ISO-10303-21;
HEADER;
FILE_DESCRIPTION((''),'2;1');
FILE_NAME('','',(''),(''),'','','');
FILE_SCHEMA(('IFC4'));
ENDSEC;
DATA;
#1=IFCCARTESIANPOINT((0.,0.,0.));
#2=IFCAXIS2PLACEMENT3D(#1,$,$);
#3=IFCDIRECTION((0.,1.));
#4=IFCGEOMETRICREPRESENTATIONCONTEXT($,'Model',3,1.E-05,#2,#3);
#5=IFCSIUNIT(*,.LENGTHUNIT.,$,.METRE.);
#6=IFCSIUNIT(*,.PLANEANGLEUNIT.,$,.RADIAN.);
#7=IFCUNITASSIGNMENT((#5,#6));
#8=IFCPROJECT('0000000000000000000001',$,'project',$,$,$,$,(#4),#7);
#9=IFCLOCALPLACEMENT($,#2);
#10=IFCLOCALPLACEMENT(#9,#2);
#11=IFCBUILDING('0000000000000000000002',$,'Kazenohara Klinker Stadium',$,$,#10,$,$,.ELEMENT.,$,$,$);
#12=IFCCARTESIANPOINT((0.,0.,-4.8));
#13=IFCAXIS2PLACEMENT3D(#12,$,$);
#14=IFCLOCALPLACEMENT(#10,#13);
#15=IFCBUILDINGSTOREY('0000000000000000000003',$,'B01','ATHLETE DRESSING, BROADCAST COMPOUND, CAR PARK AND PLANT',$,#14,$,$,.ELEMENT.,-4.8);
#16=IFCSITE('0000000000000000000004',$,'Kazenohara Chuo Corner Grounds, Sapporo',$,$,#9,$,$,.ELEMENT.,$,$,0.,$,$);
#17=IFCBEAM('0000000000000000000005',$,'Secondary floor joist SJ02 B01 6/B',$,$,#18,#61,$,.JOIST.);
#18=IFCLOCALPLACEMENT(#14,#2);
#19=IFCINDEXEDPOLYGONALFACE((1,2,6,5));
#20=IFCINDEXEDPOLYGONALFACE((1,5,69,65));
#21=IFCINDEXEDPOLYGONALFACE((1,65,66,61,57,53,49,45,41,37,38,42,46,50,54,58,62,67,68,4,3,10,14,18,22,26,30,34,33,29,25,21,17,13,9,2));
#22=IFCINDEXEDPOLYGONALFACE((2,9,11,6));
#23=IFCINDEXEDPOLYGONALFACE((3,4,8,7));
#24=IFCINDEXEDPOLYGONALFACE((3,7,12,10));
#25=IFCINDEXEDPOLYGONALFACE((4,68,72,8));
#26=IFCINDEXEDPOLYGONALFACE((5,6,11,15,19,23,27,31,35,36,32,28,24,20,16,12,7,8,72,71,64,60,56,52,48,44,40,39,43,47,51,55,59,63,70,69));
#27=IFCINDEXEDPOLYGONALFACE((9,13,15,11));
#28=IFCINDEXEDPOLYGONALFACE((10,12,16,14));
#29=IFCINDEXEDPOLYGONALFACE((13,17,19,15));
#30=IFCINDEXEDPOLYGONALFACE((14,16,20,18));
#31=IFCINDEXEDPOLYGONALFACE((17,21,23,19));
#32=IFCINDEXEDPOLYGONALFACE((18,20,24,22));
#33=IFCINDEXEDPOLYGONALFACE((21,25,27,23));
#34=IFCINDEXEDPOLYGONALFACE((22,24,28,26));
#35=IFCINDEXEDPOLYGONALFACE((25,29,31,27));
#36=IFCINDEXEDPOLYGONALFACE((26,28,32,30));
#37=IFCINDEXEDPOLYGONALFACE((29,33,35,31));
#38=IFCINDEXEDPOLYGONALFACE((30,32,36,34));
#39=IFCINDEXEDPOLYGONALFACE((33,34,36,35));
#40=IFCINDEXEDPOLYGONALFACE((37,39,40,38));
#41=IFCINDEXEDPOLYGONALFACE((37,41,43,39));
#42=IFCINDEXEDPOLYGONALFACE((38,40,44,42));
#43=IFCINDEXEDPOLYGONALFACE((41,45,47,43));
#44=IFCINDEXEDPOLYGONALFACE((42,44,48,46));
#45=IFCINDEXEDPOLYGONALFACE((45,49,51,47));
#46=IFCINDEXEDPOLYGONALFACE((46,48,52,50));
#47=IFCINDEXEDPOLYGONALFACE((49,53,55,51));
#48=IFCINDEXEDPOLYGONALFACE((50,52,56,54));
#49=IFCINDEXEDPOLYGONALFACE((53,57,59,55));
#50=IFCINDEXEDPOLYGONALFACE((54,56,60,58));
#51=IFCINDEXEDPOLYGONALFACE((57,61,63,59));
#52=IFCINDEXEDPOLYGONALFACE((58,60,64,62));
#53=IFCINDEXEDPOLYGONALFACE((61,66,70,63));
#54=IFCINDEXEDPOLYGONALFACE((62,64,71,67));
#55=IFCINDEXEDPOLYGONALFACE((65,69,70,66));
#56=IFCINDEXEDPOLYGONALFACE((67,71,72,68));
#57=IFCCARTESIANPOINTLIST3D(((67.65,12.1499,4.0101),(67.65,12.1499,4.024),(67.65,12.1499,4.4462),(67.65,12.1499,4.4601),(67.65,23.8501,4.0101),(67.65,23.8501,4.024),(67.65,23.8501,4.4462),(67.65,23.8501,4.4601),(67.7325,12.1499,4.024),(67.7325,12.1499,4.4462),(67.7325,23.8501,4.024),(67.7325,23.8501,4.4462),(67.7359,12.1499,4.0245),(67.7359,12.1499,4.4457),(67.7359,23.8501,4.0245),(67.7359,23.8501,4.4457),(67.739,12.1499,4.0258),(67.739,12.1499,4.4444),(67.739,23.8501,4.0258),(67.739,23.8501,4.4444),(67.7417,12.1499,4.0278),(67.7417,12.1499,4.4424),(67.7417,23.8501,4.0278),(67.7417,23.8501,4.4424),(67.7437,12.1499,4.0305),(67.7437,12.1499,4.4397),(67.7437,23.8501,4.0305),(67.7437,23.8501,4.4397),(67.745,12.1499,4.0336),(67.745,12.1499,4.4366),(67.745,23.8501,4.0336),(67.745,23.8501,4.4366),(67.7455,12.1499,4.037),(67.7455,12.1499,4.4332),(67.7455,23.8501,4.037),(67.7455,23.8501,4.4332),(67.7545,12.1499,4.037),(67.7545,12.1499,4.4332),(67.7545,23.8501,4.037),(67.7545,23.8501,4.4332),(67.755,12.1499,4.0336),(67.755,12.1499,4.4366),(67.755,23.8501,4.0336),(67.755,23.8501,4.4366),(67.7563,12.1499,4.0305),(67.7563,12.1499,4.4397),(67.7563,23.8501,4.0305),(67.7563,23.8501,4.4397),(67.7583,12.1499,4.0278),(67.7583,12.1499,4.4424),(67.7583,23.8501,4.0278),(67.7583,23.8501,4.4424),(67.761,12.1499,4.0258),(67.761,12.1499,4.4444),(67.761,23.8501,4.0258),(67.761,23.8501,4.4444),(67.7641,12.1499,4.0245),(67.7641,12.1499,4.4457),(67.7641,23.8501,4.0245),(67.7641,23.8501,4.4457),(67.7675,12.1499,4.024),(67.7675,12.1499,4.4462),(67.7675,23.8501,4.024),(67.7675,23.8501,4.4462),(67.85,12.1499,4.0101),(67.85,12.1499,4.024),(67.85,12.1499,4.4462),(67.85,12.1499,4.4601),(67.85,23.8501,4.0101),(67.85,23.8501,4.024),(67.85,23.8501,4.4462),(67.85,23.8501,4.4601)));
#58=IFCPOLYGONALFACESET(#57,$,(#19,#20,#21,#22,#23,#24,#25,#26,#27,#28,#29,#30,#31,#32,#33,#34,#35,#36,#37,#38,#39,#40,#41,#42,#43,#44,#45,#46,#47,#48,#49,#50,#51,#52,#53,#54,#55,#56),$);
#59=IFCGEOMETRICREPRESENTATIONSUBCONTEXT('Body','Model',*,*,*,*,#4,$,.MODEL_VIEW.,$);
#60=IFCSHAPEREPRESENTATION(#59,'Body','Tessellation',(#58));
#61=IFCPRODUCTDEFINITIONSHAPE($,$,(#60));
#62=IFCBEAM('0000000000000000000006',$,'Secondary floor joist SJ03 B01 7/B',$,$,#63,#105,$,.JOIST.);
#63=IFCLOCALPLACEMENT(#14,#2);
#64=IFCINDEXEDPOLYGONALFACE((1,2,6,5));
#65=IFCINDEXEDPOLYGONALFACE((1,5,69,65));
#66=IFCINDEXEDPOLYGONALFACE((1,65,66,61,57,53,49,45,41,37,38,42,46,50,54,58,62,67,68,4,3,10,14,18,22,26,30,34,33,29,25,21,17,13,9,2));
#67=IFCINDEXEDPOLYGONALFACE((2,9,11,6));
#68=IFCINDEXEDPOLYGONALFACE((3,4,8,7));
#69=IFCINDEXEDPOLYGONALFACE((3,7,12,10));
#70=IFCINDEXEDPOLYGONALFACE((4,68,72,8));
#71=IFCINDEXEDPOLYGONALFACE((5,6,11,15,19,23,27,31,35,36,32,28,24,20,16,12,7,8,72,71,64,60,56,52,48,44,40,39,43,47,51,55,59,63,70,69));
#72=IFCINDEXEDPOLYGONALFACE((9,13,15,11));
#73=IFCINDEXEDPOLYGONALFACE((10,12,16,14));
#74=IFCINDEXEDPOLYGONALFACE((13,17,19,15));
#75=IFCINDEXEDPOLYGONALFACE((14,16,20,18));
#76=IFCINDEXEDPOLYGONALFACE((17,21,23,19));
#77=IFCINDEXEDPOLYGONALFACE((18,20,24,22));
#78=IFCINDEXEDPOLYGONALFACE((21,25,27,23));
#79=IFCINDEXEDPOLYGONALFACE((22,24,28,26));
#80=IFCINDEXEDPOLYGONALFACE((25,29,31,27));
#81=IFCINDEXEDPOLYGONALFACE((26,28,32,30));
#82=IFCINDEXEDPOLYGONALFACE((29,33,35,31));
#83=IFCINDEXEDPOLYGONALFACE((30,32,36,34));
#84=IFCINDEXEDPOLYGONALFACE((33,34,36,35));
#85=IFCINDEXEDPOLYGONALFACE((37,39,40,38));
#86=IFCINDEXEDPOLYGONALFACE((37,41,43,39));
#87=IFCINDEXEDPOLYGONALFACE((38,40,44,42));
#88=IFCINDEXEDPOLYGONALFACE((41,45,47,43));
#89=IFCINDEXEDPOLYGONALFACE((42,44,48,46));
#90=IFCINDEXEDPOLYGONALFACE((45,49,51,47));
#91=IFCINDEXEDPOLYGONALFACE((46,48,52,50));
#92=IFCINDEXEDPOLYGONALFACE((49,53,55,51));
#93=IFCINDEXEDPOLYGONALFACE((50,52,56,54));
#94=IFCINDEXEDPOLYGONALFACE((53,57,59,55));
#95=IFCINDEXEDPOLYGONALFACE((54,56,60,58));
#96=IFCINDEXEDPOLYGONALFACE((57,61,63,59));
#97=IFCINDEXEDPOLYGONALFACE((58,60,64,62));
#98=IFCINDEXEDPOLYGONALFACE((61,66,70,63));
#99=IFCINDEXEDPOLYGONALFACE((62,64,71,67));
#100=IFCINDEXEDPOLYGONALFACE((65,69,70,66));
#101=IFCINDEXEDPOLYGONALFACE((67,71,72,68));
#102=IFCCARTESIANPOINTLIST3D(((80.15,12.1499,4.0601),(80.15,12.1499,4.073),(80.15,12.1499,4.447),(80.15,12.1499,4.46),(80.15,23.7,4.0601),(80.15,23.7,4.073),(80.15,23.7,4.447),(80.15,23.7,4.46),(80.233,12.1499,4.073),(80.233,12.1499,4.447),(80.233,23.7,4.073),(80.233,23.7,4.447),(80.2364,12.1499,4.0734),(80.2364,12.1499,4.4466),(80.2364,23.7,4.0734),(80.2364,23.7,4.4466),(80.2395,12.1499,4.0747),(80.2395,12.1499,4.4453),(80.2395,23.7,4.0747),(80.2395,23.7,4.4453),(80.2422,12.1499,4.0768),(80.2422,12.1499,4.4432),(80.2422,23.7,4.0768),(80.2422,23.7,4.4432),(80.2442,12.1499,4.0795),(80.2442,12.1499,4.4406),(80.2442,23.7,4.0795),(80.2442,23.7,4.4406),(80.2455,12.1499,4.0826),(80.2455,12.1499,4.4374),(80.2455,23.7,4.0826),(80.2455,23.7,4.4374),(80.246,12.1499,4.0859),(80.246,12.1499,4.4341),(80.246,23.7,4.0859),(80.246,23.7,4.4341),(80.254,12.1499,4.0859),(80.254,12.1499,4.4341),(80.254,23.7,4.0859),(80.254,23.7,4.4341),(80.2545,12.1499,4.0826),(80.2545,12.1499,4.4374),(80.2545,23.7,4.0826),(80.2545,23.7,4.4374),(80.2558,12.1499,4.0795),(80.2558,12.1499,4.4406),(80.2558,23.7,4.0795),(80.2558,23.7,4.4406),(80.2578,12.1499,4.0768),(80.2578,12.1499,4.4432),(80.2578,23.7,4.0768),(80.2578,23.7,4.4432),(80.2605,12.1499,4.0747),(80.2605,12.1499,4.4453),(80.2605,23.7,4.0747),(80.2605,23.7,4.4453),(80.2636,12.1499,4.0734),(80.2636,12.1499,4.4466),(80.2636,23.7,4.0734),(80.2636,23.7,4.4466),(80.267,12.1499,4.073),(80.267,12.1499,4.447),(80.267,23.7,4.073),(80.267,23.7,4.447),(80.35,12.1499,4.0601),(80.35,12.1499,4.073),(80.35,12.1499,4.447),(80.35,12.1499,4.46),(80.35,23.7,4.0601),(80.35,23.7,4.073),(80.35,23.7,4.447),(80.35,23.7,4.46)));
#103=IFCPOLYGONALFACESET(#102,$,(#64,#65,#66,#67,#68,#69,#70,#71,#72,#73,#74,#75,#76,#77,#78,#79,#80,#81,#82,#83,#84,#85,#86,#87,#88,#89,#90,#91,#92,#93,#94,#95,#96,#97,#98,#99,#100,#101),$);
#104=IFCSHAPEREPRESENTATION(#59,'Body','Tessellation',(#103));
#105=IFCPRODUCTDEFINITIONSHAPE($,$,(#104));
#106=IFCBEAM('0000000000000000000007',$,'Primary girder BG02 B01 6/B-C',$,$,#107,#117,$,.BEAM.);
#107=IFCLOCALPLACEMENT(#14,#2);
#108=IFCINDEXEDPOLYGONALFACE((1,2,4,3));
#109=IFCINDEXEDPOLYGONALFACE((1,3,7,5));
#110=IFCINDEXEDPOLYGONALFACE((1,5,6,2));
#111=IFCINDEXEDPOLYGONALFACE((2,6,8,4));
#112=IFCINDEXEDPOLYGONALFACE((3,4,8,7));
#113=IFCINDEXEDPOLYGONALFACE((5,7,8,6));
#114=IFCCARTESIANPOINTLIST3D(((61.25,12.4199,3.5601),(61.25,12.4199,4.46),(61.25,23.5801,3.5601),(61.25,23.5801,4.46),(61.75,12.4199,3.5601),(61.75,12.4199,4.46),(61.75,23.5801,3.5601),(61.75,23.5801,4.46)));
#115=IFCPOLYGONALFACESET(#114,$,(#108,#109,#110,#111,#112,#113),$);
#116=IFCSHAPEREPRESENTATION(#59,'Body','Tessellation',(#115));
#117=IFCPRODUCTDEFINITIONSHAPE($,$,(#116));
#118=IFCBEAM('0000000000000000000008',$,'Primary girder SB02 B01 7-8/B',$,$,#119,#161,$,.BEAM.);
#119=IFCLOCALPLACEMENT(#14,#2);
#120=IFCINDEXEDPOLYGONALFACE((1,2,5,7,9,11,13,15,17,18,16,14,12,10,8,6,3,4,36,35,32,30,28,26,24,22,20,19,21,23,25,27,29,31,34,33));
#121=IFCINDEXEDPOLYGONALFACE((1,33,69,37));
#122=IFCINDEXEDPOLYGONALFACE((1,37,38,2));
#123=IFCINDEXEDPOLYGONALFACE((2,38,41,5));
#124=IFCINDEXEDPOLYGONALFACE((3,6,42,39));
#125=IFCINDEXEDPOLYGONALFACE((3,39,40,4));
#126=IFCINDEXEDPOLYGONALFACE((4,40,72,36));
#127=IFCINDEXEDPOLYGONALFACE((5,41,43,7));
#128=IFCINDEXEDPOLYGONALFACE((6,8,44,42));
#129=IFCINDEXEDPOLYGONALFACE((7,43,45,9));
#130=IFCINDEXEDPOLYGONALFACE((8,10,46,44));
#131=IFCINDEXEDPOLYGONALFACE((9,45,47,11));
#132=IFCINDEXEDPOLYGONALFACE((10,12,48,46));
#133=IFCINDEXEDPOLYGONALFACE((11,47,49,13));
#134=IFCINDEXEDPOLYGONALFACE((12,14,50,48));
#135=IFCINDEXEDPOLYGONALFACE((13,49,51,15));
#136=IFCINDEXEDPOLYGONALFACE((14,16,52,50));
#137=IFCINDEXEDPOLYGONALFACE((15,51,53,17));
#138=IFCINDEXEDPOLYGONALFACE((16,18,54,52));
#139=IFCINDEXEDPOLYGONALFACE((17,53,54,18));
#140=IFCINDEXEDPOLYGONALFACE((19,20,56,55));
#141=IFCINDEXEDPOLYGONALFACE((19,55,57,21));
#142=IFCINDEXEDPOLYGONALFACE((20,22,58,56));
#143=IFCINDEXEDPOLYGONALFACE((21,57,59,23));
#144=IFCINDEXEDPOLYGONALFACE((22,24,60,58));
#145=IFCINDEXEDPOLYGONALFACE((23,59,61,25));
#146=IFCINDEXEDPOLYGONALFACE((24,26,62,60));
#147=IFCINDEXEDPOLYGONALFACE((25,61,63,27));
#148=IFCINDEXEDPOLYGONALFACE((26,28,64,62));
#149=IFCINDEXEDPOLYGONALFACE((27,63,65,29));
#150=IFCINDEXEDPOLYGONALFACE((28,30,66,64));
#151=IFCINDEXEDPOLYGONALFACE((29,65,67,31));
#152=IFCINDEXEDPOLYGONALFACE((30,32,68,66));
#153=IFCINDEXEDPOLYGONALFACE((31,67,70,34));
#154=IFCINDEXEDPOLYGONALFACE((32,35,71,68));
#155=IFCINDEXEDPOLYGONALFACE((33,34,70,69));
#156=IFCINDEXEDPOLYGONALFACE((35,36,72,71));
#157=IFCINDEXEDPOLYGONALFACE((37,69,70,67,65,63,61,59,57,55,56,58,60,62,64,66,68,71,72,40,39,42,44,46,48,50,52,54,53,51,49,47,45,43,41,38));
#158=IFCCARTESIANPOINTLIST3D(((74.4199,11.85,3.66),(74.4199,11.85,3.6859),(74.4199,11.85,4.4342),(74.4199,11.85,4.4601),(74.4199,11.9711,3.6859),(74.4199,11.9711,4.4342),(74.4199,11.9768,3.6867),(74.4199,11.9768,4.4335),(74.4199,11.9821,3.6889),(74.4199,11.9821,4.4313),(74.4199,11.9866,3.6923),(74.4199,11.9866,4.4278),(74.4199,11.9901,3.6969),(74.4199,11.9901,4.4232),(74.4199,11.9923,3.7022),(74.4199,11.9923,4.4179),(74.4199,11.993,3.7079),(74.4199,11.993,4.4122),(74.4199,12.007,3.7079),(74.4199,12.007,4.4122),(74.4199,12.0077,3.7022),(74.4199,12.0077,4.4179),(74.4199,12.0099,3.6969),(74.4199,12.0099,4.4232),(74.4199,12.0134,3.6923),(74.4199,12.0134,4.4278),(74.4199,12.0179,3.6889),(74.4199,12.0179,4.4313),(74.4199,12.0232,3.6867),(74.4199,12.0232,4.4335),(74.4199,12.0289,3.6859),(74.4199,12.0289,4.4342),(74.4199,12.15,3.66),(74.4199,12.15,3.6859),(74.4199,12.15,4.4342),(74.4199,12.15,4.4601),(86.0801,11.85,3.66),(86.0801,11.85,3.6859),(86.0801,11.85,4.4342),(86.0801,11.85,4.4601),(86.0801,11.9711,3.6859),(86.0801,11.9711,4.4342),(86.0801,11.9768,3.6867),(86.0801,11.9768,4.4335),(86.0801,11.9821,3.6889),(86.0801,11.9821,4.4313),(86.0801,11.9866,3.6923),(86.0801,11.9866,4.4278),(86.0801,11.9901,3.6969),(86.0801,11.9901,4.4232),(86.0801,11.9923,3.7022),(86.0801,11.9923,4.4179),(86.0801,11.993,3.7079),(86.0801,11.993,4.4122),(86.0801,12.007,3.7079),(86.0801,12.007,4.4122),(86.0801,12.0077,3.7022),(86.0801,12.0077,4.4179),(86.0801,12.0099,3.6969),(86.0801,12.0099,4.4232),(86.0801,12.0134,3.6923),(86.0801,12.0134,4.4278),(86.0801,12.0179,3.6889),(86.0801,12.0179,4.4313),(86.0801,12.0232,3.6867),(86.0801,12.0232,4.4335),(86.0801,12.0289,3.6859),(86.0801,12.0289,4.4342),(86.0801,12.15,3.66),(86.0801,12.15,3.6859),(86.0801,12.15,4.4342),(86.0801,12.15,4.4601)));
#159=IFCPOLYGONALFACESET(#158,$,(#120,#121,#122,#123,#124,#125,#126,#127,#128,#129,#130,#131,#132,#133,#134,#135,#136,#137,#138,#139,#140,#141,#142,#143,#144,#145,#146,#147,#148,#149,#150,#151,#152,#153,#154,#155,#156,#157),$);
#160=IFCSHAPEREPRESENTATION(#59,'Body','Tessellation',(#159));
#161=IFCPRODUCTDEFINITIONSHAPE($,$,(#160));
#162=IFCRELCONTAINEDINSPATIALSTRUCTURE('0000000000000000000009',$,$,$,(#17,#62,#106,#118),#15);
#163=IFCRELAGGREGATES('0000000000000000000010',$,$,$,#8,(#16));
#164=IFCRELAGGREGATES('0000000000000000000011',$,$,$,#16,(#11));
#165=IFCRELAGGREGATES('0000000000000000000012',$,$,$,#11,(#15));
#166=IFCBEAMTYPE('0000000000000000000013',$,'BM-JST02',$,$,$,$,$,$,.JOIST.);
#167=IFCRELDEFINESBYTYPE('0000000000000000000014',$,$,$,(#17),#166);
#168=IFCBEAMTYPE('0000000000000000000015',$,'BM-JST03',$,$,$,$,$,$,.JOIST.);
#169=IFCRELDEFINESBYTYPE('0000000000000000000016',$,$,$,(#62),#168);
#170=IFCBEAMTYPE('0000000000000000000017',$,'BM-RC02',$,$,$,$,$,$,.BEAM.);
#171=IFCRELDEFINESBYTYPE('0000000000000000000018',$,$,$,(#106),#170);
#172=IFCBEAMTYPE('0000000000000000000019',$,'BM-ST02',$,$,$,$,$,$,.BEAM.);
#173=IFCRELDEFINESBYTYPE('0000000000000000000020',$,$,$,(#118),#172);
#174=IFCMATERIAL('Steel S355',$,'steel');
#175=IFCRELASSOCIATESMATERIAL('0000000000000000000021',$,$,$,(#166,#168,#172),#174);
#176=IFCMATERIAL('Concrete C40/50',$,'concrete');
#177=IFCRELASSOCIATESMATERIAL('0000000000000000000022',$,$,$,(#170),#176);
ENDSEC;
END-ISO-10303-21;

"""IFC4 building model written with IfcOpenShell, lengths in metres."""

from ifc_helpers import new_model, si_unit, direction, frame, origin, origin_2d, place, context, subcontext, project, spatial, rectangle, i_section, extrude, material, material_profile, profile_set, type_object, element, save


model = new_model("IFC4")

# Units and contexts
model_context = context("Model", 3, precision=1e-05, world=origin(), true_north=direction((0.0, 1.0)))
body_context = subcontext(model_context, "Body", "Model", "MODEL_VIEW")
ifc_project = project(units=[si_unit("LENGTHUNIT", "METRE"), si_unit("PLANEANGLEUNIT", "RADIAN")], contexts=[model_context])

# Site, building, storey
site_placement = place(None, origin())
site = spatial("IfcSite", under=ifc_project, at=site_placement, Name="Kazenohara Chuo Corner Grounds, Sapporo", CompositionType="ELEMENT", RefElevation=0.0)
building_placement = place(site_placement, origin())
building = spatial("IfcBuilding", under=site, at=building_placement, Name="Kazenohara Klinker Stadium", CompositionType="ELEMENT")
storey_placement = place(building_placement, frame((0.0, 0.0, -4.8)))
storey = spatial("IfcBuildingStorey", under=building, at=storey_placement, Name="B01", Description="ATHLETE DRESSING, BROADCAST COMPOUND, CAR PARK AND PLANT", CompositionType="ELEMENT", Elevation=-4.8)

# Shared definitions
ifc_material_1 = material(Name="Concrete C40/50", Category="concrete")

# Beams
ifc_material_2 = material(Name="Steel S355", Category="steel")
ifc_material_profile_1 = material_profile(ifc_material_2, i_section(OverallWidth=0.2, OverallDepth=0.45, WebThickness=0.009, FlangeThickness=0.0139, FilletRadius=0.0129, at=origin_2d()), Name="H-450x200x9x14")
ifc_profile_set_1 = profile_set([ifc_material_profile_1], Name="Steel S355")
beam_type_1 = type_object("IfcBeamType", Name="BM-JST02", PredefinedType="JOIST", material=ifc_profile_set_1)
beam_1_placement = place(storey_placement, frame((67.75, 12.1499, 4.2351), z_axis=(0.0, 1.0, 0.0), x_axis=(-1.0, 0.0, 0.0)))
element("IfcBeam", 1, at=beam_1_placement, inside=storey, type_object=beam_type_1, Name="Secondary floor joist SJ02 B01 6/B", PredefinedType="JOIST", context=body_context, shape_type="SweptSolid", body=[
    extrude(i_section(OverallWidth=0.2, OverallDepth=0.45, WebThickness=0.009, FlangeThickness=0.0139, FilletRadius=0.0129, at=origin_2d()), origin(), (0.0, 0.0, 1.0), 11.7002),
])
ifc_material_profile_2 = material_profile(ifc_material_2, i_section(OverallWidth=0.2, OverallDepth=0.3999, WebThickness=0.0081, FlangeThickness=0.0129, FilletRadius=0.0129, at=origin_2d()), Name="H-400x200x8x13")
ifc_profile_set_2 = profile_set([ifc_material_profile_2], Name="Steel S355")
beam_type_2 = type_object("IfcBeamType", Name="BM-JST03", PredefinedType="JOIST", material=ifc_profile_set_2)
beam_2_placement = place(storey_placement, frame((80.25, 12.1499, 4.26), z_axis=(0.0, 1.0, 0.0), x_axis=(-1.0, 0.0, 0.0)))
element("IfcBeam", 2, at=beam_2_placement, inside=storey, type_object=beam_type_2, Name="Secondary floor joist SJ03 B01 7/B", PredefinedType="JOIST", context=body_context, shape_type="SweptSolid", body=[
    extrude(i_section(OverallWidth=0.2, OverallDepth=0.3999, WebThickness=0.0081, FlangeThickness=0.0129, FilletRadius=0.0129, at=origin_2d()), origin(), (0.0, 0.0, 1.0), 11.55),
])
ifc_material_profile_3 = material_profile(ifc_material_1, rectangle(XDim=0.5, YDim=0.8999, at=origin_2d()), Name="RC-BM-500x900")
ifc_profile_set_3 = profile_set([ifc_material_profile_3], Name="Concrete C40/50")
beam_type_3 = type_object("IfcBeamType", Name="BM-RC02", PredefinedType="BEAM", material=ifc_profile_set_3)
beam_3_placement = place(storey_placement, frame((61.5, 12.4199, 4.01), z_axis=(0.0, 1.0, 0.0), x_axis=(-1.0, 0.0, 0.0)))
element("IfcBeam", 3, at=beam_3_placement, inside=storey, type_object=beam_type_3, Name="Primary girder BG02 B01 6/B-C", PredefinedType="BEAM", context=body_context, shape_type="SweptSolid", body=[
    extrude(rectangle(XDim=0.5, YDim=0.8999, at=origin_2d()), origin(), (0.0, 0.0, 1.0), 11.1602),
])
ifc_material_profile_4 = material_profile(ifc_material_2, i_section(OverallWidth=0.3, OverallDepth=0.8, WebThickness=0.0139, FlangeThickness=0.0259, FilletRadius=0.022, at=origin_2d()), Name="H-800x300x14x26")
ifc_profile_set_4 = profile_set([ifc_material_profile_4], Name="Steel S355")
beam_type_4 = type_object("IfcBeamType", Name="BM-ST02", PredefinedType="BEAM", material=ifc_profile_set_4)
beam_4_placement = place(storey_placement, frame((74.4199, 12.0, 4.0601), z_axis=(1.0, 0.0, 0.0), x_axis=(0.0, 1.0, 0.0)))
element("IfcBeam", 4, at=beam_4_placement, inside=storey, type_object=beam_type_4, Name="Primary girder SB02 B01 7-8/B", PredefinedType="BEAM", context=body_context, shape_type="SweptSolid", body=[
    extrude(i_section(OverallWidth=0.3, OverallDepth=0.8, WebThickness=0.0139, FlangeThickness=0.0259, FilletRadius=0.022, at=origin_2d()), origin(), (0.0, 0.0, 1.0), 11.6602),
])

save(model, "model.ifc")
